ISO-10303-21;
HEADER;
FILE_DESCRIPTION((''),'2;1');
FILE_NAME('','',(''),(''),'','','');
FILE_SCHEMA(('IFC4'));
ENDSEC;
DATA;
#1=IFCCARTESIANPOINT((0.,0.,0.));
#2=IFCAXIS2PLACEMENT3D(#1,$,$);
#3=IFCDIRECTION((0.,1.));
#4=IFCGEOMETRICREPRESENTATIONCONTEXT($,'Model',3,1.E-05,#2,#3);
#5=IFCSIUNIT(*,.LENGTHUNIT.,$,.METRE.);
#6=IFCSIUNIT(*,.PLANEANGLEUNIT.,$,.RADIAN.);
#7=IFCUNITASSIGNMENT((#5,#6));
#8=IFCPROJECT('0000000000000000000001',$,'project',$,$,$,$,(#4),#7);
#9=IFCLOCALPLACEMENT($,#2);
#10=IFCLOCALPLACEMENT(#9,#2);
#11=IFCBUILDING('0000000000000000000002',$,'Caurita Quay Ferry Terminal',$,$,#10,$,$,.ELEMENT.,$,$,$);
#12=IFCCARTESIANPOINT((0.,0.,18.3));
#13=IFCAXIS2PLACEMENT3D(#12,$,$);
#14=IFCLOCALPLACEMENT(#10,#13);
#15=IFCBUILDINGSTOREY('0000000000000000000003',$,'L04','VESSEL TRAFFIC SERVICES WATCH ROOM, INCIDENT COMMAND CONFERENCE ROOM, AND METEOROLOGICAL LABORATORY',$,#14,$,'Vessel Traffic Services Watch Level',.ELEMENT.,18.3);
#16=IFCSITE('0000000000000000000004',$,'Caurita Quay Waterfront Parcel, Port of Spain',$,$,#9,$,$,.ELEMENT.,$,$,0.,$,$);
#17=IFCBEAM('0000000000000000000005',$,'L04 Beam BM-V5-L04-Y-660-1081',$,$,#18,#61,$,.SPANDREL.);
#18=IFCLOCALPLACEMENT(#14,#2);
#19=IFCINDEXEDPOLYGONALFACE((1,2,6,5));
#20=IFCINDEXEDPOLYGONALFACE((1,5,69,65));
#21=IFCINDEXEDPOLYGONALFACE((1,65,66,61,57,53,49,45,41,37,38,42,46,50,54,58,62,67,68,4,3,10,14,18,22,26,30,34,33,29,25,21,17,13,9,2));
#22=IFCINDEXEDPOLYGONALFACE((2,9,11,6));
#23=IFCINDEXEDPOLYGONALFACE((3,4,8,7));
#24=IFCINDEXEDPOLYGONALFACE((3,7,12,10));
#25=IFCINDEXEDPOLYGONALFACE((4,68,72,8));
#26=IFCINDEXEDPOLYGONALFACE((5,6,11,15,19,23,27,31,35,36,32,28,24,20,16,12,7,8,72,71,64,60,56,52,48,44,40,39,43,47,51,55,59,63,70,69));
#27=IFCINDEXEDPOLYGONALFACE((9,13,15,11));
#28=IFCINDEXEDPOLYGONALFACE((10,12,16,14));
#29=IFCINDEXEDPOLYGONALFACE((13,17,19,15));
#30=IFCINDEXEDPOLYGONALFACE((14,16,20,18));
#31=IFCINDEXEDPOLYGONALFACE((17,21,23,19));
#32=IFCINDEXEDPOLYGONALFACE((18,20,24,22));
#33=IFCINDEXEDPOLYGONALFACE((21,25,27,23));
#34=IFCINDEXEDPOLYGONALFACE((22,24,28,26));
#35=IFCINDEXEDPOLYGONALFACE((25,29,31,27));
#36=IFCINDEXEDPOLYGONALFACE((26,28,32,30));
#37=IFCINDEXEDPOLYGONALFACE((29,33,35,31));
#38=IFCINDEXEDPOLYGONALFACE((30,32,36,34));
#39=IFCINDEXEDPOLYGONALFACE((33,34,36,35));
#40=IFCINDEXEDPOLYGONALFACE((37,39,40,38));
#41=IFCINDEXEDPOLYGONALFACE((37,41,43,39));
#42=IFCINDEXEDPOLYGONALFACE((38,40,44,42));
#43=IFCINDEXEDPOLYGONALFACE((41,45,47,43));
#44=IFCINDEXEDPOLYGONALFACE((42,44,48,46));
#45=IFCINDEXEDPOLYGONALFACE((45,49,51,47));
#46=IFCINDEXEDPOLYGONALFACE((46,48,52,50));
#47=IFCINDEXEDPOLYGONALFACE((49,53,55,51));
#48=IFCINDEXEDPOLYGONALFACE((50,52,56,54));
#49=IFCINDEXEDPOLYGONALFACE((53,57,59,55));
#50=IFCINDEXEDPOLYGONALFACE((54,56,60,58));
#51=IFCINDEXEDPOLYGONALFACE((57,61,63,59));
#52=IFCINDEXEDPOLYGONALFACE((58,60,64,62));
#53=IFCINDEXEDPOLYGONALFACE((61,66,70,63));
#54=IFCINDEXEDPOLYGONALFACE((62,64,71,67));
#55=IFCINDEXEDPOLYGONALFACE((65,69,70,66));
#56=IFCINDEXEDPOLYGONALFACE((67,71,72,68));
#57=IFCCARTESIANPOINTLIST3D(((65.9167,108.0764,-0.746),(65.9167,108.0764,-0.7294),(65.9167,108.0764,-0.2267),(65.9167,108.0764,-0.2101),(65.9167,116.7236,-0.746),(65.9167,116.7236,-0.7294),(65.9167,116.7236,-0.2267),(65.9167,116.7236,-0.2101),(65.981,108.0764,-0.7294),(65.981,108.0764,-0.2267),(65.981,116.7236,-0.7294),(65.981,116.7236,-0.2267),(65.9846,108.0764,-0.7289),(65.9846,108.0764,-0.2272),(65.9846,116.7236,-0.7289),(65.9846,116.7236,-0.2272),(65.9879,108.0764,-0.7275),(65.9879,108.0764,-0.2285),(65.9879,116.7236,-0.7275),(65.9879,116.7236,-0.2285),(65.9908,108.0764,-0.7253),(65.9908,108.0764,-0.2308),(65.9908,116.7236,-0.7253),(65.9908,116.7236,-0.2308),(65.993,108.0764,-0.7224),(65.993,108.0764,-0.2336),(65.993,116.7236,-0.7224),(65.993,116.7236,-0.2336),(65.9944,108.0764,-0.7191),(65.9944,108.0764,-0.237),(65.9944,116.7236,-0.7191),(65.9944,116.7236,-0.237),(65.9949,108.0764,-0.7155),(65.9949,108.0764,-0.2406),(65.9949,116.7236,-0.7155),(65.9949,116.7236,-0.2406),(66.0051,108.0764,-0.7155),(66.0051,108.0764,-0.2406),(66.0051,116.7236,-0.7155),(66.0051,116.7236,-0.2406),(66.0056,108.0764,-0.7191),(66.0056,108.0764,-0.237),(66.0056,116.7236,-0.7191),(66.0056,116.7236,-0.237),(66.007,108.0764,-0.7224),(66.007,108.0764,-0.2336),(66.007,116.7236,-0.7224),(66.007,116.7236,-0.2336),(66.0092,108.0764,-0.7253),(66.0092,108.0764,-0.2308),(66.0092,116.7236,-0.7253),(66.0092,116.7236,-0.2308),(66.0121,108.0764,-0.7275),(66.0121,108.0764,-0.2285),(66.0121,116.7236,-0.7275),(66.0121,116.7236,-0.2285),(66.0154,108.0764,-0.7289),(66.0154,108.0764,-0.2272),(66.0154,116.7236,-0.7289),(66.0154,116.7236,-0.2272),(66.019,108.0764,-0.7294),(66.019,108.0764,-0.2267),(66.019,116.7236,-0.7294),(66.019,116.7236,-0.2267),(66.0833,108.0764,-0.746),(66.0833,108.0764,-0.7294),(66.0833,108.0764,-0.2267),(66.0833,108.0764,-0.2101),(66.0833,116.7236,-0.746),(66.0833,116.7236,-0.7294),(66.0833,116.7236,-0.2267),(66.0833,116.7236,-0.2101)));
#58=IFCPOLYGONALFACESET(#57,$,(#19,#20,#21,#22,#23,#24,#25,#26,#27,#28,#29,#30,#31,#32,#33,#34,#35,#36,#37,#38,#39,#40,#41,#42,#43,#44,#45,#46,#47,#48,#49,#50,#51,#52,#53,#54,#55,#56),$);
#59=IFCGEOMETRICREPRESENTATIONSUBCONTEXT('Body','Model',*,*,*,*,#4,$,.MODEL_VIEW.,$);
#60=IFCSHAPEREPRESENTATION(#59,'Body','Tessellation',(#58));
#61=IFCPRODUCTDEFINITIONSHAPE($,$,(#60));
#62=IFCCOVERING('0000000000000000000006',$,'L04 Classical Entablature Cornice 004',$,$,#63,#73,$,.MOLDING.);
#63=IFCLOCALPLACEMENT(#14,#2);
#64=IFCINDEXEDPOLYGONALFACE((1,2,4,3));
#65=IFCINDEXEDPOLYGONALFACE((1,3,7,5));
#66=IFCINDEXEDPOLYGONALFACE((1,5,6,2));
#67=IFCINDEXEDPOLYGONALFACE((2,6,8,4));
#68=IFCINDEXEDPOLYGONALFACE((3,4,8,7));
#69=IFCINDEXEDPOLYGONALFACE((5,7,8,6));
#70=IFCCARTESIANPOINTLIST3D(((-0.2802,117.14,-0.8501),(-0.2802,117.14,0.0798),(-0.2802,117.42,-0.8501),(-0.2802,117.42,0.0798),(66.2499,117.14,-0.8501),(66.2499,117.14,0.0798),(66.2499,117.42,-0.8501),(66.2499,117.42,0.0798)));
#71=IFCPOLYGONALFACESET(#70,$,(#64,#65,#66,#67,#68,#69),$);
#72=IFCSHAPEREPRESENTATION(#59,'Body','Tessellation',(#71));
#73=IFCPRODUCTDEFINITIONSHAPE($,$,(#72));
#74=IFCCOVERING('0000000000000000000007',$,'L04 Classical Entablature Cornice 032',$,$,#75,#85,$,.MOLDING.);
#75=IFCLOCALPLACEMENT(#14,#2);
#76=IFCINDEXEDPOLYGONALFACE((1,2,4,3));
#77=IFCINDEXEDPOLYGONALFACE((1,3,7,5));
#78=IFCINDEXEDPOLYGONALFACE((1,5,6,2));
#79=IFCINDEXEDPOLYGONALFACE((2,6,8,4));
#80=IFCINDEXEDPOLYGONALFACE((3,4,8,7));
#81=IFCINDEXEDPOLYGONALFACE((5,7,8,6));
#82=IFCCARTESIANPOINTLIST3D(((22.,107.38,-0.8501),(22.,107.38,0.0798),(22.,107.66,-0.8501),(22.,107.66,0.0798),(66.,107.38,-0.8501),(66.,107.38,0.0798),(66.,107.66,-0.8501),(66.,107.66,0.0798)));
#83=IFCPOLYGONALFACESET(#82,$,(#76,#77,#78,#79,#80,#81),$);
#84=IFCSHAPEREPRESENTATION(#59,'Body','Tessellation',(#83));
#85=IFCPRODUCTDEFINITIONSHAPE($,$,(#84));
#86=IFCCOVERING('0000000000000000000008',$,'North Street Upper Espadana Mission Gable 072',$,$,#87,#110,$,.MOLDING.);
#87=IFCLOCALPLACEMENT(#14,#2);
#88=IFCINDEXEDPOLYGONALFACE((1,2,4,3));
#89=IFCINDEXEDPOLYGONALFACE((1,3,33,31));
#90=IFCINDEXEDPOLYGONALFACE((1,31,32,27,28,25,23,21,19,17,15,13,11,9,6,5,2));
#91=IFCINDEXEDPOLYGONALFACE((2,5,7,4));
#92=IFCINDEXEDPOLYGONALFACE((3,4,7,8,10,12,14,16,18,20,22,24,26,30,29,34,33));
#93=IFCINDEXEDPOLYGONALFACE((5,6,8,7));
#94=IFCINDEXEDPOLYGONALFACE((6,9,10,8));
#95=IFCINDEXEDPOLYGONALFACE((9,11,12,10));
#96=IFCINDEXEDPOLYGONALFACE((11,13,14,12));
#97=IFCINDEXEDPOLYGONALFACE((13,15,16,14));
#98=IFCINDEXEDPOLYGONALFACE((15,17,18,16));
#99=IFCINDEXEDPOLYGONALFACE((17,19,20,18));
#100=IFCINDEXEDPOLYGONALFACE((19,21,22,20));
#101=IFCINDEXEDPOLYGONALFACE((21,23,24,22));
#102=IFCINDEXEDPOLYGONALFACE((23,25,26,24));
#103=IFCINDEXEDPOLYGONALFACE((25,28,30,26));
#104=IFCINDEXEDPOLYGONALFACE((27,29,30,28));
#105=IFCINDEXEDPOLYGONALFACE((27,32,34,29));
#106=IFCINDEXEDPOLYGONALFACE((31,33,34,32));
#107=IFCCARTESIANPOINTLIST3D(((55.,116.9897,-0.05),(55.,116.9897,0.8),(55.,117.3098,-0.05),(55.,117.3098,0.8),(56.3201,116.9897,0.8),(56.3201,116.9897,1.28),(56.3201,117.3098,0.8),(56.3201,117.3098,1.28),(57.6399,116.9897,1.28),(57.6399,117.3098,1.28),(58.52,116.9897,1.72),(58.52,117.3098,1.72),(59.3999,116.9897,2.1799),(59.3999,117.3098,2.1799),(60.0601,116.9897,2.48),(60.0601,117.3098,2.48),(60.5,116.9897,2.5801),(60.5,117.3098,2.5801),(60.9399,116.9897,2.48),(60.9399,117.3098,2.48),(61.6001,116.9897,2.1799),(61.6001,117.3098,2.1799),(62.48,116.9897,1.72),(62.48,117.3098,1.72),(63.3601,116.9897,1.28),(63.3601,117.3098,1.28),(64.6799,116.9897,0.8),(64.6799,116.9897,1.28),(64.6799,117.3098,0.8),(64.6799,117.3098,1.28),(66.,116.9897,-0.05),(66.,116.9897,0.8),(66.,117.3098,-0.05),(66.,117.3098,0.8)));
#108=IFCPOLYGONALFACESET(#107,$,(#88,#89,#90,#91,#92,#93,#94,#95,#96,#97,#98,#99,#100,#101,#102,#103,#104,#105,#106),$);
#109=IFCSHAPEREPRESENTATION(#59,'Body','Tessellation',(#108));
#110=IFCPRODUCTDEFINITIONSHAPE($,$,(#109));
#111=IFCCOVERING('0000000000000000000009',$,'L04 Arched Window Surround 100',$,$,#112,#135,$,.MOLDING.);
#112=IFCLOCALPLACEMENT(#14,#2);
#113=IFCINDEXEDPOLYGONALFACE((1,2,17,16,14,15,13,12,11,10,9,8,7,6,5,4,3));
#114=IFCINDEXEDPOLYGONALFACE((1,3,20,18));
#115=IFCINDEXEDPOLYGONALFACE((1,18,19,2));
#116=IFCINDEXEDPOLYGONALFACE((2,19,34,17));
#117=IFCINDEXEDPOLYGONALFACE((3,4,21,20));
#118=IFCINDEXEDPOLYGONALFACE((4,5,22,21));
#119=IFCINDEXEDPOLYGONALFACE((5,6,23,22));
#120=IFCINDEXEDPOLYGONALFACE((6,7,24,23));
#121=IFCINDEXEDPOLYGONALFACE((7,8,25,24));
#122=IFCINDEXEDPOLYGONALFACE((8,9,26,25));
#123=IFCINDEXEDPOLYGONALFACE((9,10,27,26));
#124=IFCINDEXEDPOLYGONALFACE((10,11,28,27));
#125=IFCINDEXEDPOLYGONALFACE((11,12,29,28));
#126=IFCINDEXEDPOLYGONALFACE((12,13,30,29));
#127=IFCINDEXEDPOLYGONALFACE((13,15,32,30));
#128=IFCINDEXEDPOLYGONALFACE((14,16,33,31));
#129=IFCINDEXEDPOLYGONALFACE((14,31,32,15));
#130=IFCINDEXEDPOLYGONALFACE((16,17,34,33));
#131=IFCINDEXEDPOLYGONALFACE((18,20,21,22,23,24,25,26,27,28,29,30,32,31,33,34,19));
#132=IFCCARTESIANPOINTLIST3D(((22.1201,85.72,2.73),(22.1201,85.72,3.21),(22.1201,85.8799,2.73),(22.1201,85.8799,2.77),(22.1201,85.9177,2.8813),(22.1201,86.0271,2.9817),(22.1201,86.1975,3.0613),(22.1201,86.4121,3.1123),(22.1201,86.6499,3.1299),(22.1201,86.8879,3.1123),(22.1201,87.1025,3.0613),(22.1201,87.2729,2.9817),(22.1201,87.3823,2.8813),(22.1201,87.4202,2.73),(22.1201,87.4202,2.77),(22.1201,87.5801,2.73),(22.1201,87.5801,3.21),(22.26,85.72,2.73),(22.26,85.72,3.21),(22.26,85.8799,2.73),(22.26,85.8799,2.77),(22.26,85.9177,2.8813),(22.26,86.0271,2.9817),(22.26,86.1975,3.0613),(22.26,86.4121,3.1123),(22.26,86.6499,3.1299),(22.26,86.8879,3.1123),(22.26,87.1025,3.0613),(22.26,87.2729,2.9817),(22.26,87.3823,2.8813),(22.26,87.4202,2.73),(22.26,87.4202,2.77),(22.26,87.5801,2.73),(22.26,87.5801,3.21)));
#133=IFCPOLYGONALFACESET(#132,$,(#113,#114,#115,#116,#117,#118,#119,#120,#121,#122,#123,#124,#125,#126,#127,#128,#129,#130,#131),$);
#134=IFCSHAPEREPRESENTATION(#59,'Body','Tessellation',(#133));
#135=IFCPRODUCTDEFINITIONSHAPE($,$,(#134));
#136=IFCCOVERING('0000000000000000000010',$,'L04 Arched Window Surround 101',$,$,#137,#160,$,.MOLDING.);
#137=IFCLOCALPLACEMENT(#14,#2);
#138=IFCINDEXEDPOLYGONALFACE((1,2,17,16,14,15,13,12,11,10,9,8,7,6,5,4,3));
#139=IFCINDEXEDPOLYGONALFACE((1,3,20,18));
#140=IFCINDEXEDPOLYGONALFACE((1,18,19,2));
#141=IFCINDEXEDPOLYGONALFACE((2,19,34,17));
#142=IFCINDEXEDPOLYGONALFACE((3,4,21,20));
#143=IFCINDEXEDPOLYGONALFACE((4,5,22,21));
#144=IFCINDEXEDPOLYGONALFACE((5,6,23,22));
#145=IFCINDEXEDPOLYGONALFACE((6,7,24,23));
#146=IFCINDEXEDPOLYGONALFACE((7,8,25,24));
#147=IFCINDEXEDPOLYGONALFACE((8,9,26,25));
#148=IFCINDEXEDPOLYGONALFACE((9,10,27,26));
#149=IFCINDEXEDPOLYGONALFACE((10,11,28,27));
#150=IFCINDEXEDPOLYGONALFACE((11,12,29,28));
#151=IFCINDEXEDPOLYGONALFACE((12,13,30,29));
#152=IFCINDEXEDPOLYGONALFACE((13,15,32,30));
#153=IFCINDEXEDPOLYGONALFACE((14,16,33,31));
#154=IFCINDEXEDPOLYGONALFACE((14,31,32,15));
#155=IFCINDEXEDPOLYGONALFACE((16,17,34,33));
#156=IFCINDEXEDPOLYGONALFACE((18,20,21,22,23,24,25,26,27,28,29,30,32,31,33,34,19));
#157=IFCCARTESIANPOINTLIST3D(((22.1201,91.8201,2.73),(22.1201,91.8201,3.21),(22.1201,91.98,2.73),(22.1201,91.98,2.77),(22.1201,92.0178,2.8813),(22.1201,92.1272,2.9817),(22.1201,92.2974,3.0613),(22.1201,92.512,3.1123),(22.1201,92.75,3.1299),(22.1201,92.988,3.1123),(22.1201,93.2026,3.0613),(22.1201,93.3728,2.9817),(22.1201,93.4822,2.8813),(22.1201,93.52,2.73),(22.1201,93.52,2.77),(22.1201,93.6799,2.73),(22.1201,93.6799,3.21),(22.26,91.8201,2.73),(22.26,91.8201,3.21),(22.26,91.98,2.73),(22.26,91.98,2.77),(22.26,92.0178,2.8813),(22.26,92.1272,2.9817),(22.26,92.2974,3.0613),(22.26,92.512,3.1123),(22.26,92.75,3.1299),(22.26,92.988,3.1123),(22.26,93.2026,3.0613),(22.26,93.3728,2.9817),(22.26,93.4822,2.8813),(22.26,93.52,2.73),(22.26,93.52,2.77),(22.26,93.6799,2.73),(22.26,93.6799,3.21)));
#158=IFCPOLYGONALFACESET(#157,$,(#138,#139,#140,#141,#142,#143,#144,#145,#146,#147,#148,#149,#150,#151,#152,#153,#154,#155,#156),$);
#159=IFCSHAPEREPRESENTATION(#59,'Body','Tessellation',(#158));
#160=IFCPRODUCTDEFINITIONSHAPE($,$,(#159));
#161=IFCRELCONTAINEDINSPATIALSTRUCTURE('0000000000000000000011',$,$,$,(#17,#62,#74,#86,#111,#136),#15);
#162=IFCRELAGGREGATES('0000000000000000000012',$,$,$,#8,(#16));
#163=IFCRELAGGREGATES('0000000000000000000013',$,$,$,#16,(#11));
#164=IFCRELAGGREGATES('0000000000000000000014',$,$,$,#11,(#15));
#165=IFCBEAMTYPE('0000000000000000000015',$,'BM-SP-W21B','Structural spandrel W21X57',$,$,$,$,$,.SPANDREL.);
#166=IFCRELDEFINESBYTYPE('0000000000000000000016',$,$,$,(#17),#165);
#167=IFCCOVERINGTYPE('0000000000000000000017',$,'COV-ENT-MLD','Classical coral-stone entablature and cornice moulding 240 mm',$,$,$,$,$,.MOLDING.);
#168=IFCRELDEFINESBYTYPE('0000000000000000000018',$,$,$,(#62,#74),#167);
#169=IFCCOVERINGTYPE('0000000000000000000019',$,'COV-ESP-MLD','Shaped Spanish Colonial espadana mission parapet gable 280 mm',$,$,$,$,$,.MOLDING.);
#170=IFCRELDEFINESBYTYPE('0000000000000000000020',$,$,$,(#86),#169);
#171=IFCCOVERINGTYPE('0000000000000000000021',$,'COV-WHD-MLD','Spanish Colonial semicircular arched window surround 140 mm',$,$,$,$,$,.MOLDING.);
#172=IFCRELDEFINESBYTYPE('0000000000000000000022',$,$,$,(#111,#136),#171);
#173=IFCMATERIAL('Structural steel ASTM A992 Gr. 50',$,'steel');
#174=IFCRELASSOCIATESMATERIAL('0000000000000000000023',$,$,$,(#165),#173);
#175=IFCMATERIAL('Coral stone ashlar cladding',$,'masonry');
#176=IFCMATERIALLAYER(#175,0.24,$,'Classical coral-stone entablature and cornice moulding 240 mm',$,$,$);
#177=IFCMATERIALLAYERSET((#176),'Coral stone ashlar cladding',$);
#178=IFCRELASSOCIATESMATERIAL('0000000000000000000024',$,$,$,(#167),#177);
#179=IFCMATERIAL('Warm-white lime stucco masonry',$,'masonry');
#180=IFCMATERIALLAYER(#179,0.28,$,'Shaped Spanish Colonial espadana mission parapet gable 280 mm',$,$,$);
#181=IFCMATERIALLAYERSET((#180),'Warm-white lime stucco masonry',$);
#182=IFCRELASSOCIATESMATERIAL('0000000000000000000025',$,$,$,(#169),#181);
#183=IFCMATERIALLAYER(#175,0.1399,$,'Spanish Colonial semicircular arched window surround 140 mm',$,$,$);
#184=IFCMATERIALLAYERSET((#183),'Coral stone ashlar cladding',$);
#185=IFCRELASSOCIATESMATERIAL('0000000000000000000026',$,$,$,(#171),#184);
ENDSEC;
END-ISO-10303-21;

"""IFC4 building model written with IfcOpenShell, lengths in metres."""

from ifc_helpers import new_model, si_unit, direction, frame, frame_2d, origin, origin_2d, place, context, subcontext, project, spatial, polyline, rectangle, i_section, outline, extrude, material, layer, layer_set, material_profile, profile_set, type_object, element, save


model = new_model("IFC4")

# Units and contexts
model_context = context("Model", 3, precision=1e-05, world=origin(), true_north=direction((0.0, 1.0)))
body_context = subcontext(model_context, "Body", "Model", "MODEL_VIEW")
ifc_project = project(units=[si_unit("LENGTHUNIT", "METRE"), si_unit("PLANEANGLEUNIT", "RADIAN")], contexts=[model_context])

# Site, building, storey
site_placement = place(None, origin())
site = spatial("IfcSite", under=ifc_project, at=site_placement, Name="Caurita Quay Waterfront Parcel, Port of Spain", CompositionType="ELEMENT", RefElevation=0.0)
building_placement = place(site_placement, origin())
building = spatial("IfcBuilding", under=site, at=building_placement, Name="Caurita Quay Ferry Terminal", CompositionType="ELEMENT")
storey_placement = place(building_placement, frame((0.0, 0.0, 18.3)))
storey = spatial("IfcBuildingStorey", under=building, at=storey_placement, Name="L04", Description="VESSEL TRAFFIC SERVICES WATCH ROOM, INCIDENT COMMAND CONFERENCE ROOM, AND METEOROLOGICAL LABORATORY", LongName="Vessel Traffic Services Watch Level", CompositionType="ELEMENT", Elevation=18.3)

# Beam
ifc_material_1 = material(Name="Structural steel ASTM A992 Gr. 50", Category="steel")
ifc_material_profile_1 = material_profile(ifc_material_1, i_section(OverallWidth=0.1665, OverallDepth=0.5359, WebThickness=0.0103, FlangeThickness=0.0166, FilletRadius=0.0139, at=origin_2d()), Name="W21X57")
ifc_profile_set_1 = profile_set([ifc_material_profile_1], Name="Structural steel ASTM A992 Gr. 50")
beam_type_1 = type_object("IfcBeamType", Name="BM-SP-W21B", Description="Structural spandrel W21X57", PredefinedType="SPANDREL", material=ifc_profile_set_1)
for number, where, z_axis, x_axis, name in (
    (1, (66.0, 108.0764, -0.478), (0.0, 1.0, 0.0), (-1.0, 0.0, 0.0), "L04 Beam BM-V5-L04-Y-660-1081"),
):
    element("IfcBeam", number, at=place(storey_placement, frame(where, z_axis=z_axis, x_axis=x_axis)), inside=storey, type_object=beam_type_1, Name=name, PredefinedType="SPANDREL", context=body_context, shape_type="SweptSolid", body=[
        extrude(i_section(OverallWidth=0.1665, OverallDepth=0.5359, WebThickness=0.0103, FlangeThickness=0.0166, FilletRadius=0.0139, at=origin_2d()), origin(), (0.0, 0.0, 1.0), 8.6472),
    ])

# Coverings
ifc_material_2 = material(Name="Coral stone ashlar cladding", Category="masonry")
ifc_layer_1 = layer(ifc_material_2, 0.24, Name="Classical coral-stone entablature and cornice moulding 240 mm")
ifc_layer_set_1 = layer_set([ifc_layer_1], Name="Coral stone ashlar cladding")
covering_type_1 = type_object("IfcCoveringType", Name="COV-ENT-MLD", Description="Classical coral-stone entablature and cornice moulding 240 mm", PredefinedType="MOLDING", material=ifc_layer_set_1)
covering_1_placement = place(storey_placement, frame((66.25, 117.28, -0.8501), z_axis=(0.0, 0.0, 1.0), x_axis=(-1.0, 0.0, 0.0)))
element("IfcCovering", 2, at=covering_1_placement, inside=storey, type_object=covering_type_1, Name="L04 Classical Entablature Cornice 004", PredefinedType="MOLDING", context=body_context, shape_type="SweptSolid", body=[
    extrude(rectangle(XDim=66.53, YDim=0.28, at=frame_2d((33.2651, 0.0))), origin(), (0.0, 0.0, 1.0), 0.9299),
])
covering_2_placement = place(storey_placement, frame((66.0, 107.52, -0.8501), z_axis=(0.0, 0.0, 1.0), x_axis=(-1.0, 0.0, 0.0)))
element("IfcCovering", 3, at=covering_2_placement, inside=storey, type_object=covering_type_1, Name="L04 Classical Entablature Cornice 032", PredefinedType="MOLDING", context=body_context, shape_type="SweptSolid", body=[
    extrude(rectangle(XDim=44.0, YDim=0.28, at=frame_2d((22.0, 0.0))), origin(), (0.0, 0.0, 1.0), 0.9299),
])
ifc_material_3 = material(Name="Warm-white lime stucco masonry", Category="masonry")
ifc_layer_2 = layer(ifc_material_3, 0.28, Name="Shaped Spanish Colonial espadana mission parapet gable 280 mm")
ifc_layer_set_2 = layer_set([ifc_layer_2], Name="Warm-white lime stucco masonry")
covering_type_2 = type_object("IfcCoveringType", Name="COV-ESP-MLD", Description="Shaped Spanish Colonial espadana mission parapet gable 280 mm", PredefinedType="MOLDING", material=ifc_layer_set_2)
covering_3_placement = place(storey_placement, frame((66.0, 117.1499, -0.05), z_axis=(0.0, 0.0, 1.0), x_axis=(-1.0, 0.0, 0.0)))
element("IfcCovering", 4, at=covering_3_placement, inside=storey, type_object=covering_type_2, Name="North Street Upper Espadana Mission Gable 072", PredefinedType="MOLDING", context=body_context, shape_type="SweptSolid", body=[
    extrude(outline(polyline([(0.0, 0.0), (11.0, 0.0), (11.0, 0.8501), (9.6799, 0.8501), (9.6799, 1.3301), (8.3601, 1.3301), (7.48, 1.77), (6.6001, 2.23), (5.9399, 2.53), (5.5, 2.6301), (5.0601, 2.53), (4.3999, 2.23), (3.52, 1.77), (2.6399, 1.3301), (1.3201, 1.3301), (1.3201, 0.8501), (0.0, 0.8501), (0.0, 0.0)])), frame((0.0, 0.1602, 0.0), z_axis=(0.0, -1.0, 0.0), x_axis=(1.0, 0.0, 0.0)), (0.0, 0.0, 1.0), 0.3201),
])
ifc_layer_3 = layer(ifc_material_2, 0.1399, Name="Spanish Colonial semicircular arched window surround 140 mm")
ifc_layer_set_3 = layer_set([ifc_layer_3], Name="Coral stone ashlar cladding")
covering_type_3 = type_object("IfcCoveringType", Name="COV-WHD-MLD", Description="Spanish Colonial semicircular arched window surround 140 mm", PredefinedType="MOLDING", material=ifc_layer_set_3)
covering_4_placement = place(storey_placement, frame((22.1899, 85.72, 2.73), z_axis=(0.0, 0.0, 1.0), x_axis=(0.0, 1.0, 0.0)))
element("IfcCovering", 5, at=covering_4_placement, inside=storey, type_object=covering_type_3, Name="L04 Arched Window Surround 100", PredefinedType="MOLDING", context=body_context, shape_type="SweptSolid", body=[
    extrude(outline(polyline([(0.0, 0.0), (0.1599, 0.0), (0.1599, 0.04), (0.1978, 0.1514), (0.3071, 0.2517), (0.4775, 0.3313), (0.6921, 0.3823), (0.9299, 0.3999), (1.168, 0.3823), (1.3826, 0.3313), (1.553, 0.2517), (1.6624, 0.1514), (1.7002, 0.04), (1.7002, 0.0), (1.8601, 0.0), (1.8601, 0.48), (0.0, 0.48), (0.0, 0.0)])), frame((0.0, 0.0698, 0.0), z_axis=(0.0, -1.0, 0.0), x_axis=(1.0, 0.0, 0.0)), (0.0, 0.0, 1.0), 0.1399),
])
covering_5_placement = place(storey_placement, frame((22.1899, 91.8201, 2.73), z_axis=(0.0, 0.0, 1.0), x_axis=(0.0, 1.0, 0.0)))
element("IfcCovering", 6, at=covering_5_placement, inside=storey, type_object=covering_type_3, Name="L04 Arched Window Surround 101", PredefinedType="MOLDING", context=body_context, shape_type="SweptSolid", body=[
    extrude(outline(polyline([(0.0, 0.0), (0.1599, 0.0), (0.1599, 0.04), (0.1978, 0.1514), (0.3071, 0.2517), (0.4773, 0.3313), (0.6919, 0.3823), (0.9299, 0.3999), (1.168, 0.3823), (1.3826, 0.3313), (1.5527, 0.2517), (1.6621, 0.1514), (1.7, 0.04), (1.7, 0.0), (1.8599, 0.0), (1.8599, 0.48), (0.0, 0.48), (0.0, 0.0)])), frame((0.0, 0.0698, 0.0), z_axis=(0.0, -1.0, 0.0), x_axis=(1.0, 0.0, 0.0)), (0.0, 0.0, 1.0), 0.1399),
])

save(model, "model.ifc")
